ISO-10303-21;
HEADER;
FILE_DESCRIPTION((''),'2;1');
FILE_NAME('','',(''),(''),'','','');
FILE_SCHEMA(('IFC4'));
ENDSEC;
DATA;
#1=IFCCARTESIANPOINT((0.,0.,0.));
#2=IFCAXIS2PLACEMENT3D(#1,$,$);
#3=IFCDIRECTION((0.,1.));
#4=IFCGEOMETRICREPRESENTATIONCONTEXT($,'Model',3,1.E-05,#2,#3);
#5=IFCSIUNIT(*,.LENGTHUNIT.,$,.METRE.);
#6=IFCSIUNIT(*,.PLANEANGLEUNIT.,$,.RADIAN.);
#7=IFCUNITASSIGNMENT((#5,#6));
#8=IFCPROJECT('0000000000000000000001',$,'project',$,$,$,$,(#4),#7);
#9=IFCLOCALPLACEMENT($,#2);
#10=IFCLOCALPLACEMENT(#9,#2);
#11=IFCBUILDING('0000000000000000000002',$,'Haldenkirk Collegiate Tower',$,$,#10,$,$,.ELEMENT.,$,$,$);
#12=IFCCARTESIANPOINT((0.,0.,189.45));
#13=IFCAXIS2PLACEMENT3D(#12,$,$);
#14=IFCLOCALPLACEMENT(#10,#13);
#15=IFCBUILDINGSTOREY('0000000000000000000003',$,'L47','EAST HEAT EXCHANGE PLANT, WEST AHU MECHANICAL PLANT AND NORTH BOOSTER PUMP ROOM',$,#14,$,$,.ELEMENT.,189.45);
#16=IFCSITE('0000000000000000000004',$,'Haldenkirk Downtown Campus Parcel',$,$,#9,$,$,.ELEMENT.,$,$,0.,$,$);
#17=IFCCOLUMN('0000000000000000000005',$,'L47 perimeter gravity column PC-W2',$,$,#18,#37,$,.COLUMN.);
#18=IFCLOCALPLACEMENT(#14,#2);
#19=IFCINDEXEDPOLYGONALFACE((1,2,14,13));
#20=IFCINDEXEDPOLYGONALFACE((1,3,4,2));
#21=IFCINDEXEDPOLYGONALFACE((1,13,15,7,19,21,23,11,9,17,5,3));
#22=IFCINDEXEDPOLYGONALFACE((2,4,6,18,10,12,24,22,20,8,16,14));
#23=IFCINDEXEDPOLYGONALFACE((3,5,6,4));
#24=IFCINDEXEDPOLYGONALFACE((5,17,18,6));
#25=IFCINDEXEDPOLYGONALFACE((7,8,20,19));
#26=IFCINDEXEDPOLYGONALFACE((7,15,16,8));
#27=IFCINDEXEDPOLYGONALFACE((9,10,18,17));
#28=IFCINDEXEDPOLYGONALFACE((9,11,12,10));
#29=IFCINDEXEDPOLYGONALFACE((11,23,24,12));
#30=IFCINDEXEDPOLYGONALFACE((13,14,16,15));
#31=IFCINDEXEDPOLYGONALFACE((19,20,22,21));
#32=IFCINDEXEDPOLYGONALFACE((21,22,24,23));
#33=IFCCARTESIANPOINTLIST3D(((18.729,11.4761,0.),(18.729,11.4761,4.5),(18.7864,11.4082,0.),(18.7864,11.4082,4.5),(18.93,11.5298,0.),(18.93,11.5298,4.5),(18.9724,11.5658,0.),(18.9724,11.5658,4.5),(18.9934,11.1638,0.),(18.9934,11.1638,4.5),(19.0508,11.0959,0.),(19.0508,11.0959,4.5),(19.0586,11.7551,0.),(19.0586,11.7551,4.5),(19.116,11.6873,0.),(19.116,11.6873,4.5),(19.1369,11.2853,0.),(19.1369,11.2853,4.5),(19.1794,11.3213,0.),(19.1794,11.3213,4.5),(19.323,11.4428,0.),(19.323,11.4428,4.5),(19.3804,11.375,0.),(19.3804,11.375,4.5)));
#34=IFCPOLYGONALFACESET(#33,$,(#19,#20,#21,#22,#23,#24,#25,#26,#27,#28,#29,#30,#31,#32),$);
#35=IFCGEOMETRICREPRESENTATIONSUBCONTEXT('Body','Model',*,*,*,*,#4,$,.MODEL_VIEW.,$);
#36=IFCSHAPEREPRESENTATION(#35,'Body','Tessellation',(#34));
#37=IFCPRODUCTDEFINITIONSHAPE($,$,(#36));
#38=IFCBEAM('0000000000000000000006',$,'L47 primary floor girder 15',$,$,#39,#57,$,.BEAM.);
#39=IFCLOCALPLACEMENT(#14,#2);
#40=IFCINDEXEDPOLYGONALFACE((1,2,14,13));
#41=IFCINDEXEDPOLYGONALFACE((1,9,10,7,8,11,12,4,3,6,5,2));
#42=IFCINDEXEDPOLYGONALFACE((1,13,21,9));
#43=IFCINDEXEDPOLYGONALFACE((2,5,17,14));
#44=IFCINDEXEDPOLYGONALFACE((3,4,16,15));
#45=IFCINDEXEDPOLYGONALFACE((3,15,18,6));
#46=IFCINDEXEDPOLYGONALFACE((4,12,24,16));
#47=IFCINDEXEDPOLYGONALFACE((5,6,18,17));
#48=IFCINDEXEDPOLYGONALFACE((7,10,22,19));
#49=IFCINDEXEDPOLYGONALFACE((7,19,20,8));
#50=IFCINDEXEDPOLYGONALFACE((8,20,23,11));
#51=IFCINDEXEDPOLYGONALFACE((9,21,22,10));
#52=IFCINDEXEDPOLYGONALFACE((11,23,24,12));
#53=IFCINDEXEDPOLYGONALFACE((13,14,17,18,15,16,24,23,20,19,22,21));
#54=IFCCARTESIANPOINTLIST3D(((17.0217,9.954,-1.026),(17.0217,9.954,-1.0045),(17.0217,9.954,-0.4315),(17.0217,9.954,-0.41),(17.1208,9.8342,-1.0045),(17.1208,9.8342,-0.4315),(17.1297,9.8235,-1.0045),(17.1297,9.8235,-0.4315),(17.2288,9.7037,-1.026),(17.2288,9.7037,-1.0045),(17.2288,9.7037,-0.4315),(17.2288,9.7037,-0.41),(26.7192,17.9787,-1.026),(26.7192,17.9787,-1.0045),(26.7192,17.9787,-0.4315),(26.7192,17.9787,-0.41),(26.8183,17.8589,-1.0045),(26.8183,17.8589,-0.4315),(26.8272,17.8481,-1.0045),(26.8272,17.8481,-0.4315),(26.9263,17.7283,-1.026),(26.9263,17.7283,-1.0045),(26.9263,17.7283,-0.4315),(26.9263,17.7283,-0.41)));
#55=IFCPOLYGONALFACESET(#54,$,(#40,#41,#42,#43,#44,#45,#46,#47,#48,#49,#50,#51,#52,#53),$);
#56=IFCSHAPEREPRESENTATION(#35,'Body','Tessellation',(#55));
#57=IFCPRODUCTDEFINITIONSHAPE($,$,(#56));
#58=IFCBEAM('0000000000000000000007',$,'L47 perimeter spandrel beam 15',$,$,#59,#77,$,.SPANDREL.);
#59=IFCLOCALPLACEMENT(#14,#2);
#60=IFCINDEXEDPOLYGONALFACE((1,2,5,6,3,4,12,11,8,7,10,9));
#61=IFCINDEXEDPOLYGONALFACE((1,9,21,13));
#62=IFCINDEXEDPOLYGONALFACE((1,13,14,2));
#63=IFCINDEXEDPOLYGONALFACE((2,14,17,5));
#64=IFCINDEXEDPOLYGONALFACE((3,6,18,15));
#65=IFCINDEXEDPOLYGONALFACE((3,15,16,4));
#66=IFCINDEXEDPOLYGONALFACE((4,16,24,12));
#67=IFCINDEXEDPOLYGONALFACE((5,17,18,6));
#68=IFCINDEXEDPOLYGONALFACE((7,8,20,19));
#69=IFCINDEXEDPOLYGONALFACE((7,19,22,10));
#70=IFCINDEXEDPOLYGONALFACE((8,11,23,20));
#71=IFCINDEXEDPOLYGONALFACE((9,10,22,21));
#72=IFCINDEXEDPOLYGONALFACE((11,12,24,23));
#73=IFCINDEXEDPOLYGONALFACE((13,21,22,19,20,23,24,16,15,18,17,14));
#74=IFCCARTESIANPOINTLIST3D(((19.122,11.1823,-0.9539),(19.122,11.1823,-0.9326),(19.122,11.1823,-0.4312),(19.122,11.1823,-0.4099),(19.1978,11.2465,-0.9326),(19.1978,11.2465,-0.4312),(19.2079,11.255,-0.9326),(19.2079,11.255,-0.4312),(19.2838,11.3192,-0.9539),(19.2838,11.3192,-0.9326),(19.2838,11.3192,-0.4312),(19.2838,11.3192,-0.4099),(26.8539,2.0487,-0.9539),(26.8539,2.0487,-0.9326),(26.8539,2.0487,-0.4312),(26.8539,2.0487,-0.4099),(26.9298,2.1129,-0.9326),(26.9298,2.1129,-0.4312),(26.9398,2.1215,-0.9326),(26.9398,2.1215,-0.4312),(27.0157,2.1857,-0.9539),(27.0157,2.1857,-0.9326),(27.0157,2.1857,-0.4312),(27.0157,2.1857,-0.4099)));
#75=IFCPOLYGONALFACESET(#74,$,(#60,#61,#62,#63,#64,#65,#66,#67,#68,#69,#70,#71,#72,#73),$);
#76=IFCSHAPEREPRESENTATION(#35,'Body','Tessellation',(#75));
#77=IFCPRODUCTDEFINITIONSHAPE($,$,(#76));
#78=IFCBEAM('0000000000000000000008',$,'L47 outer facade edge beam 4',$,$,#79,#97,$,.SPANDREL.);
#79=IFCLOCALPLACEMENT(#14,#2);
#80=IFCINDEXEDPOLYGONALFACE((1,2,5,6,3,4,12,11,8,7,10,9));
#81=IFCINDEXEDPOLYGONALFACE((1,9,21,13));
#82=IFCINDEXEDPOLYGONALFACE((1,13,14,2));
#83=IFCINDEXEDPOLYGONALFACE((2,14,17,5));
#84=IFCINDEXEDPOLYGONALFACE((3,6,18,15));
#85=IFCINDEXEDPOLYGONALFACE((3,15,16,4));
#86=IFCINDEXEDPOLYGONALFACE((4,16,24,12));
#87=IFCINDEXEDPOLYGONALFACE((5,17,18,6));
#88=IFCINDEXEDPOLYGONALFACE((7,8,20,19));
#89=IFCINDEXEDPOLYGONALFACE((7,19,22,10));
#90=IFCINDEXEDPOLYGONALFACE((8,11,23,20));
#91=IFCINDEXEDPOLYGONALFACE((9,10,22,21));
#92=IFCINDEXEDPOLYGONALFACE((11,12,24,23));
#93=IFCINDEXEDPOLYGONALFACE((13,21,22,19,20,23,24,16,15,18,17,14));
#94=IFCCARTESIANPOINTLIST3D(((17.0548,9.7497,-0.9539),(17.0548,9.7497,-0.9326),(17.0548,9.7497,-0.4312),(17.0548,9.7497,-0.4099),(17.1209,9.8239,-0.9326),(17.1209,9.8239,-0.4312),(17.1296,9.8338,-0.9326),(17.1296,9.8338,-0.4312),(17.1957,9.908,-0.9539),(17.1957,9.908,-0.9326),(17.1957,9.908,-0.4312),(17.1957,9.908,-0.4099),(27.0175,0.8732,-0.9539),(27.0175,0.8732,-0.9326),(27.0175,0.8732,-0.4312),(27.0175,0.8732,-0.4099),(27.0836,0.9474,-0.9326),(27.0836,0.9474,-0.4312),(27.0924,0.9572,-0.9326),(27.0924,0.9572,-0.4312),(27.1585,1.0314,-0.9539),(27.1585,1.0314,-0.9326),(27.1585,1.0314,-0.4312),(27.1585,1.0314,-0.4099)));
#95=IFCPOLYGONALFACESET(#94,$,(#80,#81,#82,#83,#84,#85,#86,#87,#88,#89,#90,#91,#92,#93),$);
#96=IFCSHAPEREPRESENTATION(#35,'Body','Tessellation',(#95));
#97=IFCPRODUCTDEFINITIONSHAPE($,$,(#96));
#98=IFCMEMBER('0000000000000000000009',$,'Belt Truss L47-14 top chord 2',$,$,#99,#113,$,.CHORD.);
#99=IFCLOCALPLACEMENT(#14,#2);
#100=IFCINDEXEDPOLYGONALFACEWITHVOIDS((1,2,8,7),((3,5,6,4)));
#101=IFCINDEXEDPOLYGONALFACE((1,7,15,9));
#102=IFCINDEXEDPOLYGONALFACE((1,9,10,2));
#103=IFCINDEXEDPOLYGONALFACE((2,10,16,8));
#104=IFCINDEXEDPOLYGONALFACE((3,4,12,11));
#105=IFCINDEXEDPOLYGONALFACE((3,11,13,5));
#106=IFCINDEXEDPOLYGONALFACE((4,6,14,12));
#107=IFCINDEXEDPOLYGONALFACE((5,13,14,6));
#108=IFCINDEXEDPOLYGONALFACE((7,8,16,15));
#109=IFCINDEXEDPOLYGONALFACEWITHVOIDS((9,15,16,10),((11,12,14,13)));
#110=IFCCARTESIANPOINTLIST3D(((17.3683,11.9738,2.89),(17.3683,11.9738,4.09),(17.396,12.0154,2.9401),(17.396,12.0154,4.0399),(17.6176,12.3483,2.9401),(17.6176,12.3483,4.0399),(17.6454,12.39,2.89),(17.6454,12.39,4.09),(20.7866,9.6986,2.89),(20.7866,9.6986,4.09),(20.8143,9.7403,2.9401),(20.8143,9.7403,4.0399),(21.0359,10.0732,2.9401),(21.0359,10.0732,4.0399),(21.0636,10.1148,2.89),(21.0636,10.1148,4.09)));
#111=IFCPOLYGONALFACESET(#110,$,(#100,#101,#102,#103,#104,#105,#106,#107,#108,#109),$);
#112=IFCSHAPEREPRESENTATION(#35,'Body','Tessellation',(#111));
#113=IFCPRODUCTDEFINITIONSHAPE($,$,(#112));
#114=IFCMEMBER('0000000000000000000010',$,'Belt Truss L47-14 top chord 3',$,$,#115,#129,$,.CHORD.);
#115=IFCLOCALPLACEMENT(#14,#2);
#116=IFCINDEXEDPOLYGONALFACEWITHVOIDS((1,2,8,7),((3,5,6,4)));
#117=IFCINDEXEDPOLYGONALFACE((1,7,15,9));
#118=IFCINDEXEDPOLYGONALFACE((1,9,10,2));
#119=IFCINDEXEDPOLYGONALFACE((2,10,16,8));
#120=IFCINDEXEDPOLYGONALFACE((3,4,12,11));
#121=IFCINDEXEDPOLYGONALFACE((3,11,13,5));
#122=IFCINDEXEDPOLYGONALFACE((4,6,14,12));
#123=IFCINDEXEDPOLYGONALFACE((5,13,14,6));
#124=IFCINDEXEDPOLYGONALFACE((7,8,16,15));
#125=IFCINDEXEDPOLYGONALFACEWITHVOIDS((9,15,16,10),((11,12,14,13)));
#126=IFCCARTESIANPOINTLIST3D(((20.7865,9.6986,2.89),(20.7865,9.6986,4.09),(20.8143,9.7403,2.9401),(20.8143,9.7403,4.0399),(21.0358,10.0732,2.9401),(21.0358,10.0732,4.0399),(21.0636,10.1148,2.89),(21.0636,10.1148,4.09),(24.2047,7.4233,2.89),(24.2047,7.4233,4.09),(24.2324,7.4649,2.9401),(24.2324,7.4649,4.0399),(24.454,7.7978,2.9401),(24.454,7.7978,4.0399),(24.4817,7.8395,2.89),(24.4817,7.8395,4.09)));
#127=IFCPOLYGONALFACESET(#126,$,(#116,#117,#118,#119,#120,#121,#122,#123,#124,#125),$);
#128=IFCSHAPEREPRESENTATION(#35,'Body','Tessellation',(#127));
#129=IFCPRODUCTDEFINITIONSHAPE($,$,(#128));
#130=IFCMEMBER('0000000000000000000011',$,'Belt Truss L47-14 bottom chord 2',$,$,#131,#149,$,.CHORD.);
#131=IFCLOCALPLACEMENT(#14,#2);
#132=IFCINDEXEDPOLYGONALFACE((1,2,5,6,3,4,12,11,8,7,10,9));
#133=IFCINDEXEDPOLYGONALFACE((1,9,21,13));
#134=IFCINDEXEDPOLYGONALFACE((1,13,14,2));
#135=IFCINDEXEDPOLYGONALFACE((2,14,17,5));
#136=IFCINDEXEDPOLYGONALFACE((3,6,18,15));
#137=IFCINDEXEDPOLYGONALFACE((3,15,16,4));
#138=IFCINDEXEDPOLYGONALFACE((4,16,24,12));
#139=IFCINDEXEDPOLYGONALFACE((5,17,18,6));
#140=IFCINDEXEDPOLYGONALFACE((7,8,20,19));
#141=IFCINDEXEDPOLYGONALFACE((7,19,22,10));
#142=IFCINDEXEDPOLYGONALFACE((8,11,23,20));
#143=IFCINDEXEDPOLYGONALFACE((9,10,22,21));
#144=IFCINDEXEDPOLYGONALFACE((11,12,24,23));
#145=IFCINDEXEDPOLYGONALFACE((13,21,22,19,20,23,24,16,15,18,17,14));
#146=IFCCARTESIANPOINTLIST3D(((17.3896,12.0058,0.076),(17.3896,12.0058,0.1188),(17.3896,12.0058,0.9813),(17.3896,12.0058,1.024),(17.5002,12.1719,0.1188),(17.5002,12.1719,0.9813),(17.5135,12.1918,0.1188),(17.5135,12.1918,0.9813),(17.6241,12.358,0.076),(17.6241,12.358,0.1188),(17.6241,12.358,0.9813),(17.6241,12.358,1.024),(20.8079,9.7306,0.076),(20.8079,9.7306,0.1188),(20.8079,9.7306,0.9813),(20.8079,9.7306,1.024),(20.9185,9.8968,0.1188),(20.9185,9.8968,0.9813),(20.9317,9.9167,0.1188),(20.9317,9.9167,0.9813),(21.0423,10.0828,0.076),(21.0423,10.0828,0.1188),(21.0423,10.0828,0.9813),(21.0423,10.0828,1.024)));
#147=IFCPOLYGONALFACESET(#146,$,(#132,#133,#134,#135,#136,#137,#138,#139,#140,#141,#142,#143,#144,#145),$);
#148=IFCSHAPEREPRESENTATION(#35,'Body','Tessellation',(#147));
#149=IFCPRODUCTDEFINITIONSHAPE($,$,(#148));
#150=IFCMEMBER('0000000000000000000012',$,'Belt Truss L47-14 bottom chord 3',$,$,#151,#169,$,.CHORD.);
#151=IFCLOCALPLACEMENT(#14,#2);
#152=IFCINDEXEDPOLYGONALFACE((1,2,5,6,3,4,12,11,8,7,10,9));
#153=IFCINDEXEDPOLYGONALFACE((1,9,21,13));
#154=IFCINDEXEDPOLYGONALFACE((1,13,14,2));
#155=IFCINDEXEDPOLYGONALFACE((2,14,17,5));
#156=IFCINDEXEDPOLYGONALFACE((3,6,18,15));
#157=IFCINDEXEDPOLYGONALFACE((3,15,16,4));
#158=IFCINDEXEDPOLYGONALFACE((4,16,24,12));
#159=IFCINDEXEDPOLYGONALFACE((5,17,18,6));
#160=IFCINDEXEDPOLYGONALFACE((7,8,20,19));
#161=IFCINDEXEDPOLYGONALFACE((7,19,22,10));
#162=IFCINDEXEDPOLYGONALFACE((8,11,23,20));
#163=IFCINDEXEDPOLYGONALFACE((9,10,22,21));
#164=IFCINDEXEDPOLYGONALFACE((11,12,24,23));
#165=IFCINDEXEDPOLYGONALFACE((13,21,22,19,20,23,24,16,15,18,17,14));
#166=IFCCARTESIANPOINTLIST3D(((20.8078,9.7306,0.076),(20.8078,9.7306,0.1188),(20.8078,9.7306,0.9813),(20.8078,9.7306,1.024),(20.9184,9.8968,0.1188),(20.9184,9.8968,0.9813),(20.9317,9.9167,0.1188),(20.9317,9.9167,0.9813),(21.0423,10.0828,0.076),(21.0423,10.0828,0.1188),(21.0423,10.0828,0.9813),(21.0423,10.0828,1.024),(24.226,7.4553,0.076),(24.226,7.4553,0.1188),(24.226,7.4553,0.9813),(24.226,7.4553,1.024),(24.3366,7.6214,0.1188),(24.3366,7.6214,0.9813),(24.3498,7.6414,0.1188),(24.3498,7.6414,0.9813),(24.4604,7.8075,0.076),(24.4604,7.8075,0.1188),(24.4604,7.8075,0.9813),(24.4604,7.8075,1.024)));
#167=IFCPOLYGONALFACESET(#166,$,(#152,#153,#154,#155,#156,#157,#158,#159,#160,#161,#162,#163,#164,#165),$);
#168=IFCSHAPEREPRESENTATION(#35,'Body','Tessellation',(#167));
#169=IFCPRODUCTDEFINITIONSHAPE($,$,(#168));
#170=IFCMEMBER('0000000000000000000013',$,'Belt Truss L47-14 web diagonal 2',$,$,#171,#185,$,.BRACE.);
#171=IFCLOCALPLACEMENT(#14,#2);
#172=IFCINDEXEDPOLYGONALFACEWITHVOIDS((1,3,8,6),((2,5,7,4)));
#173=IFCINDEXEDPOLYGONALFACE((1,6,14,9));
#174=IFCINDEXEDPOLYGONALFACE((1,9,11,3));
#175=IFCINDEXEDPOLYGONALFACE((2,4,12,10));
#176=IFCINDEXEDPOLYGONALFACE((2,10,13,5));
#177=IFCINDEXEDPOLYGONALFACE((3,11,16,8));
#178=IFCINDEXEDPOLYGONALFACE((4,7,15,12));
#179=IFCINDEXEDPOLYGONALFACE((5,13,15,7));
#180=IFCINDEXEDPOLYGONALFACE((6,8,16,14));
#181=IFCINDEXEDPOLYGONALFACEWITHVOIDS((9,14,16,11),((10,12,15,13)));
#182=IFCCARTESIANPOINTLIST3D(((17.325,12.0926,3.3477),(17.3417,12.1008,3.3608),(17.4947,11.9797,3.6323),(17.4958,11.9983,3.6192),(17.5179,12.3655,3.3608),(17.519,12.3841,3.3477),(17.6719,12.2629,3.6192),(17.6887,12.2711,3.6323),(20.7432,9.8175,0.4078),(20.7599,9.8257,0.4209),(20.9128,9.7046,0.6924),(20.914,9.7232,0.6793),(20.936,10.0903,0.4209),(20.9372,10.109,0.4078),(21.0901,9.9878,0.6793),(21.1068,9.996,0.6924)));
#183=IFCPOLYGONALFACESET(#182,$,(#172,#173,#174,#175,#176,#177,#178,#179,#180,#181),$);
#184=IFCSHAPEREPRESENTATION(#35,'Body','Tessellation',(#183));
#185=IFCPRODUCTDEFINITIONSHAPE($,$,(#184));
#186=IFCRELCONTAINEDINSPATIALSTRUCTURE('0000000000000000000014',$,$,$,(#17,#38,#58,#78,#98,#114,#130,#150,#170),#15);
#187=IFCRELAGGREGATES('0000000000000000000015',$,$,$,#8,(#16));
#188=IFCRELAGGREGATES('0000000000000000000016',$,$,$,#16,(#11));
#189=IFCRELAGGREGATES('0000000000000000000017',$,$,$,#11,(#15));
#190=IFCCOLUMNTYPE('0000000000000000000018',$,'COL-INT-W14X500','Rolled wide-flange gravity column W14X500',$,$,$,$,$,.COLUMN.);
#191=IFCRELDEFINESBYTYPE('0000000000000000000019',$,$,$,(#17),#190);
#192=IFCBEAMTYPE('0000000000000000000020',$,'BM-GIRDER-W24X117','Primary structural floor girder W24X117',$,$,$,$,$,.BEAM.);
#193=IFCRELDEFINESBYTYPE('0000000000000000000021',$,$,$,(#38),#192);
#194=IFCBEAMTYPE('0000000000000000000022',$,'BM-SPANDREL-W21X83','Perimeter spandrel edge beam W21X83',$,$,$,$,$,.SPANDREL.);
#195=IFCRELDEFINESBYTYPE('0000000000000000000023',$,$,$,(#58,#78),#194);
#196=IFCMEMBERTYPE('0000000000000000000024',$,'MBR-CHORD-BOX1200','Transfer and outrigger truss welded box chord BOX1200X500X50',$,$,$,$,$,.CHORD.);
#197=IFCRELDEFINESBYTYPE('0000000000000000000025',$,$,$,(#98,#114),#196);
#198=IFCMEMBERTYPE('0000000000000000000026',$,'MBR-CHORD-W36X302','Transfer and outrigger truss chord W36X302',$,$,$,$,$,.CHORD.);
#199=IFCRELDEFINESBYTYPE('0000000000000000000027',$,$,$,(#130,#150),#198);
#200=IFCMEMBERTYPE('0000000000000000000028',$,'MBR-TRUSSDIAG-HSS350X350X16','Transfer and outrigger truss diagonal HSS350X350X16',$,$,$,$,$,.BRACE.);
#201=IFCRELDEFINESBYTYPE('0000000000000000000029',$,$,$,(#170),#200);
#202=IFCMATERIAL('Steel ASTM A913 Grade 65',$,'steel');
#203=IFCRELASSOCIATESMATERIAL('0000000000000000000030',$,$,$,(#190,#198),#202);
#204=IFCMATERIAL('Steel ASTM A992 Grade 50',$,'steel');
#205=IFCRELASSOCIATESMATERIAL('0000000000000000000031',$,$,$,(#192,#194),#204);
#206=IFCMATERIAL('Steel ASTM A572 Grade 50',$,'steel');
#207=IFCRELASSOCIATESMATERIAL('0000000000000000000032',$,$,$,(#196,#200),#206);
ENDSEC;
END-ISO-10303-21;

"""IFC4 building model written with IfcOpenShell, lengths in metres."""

from ifc_helpers import new_model, si_unit, direction, frame, origin, origin_2d, place, context, subcontext, project, spatial, hollow_rectangle, i_section, extrude, material, material_profile, profile_set, type_object, element, save


model = new_model("IFC4")

# Units and contexts
model_context = context("Model", 3, precision=1e-05, world=origin(), true_north=direction((0.0, 1.0)))
body_context = subcontext(model_context, "Body", "Model", "MODEL_VIEW")
ifc_project = project(units=[si_unit("LENGTHUNIT", "METRE"), si_unit("PLANEANGLEUNIT", "RADIAN")], contexts=[model_context])

# Site, building, storey
site_placement = place(None, origin())
site = spatial("IfcSite", under=ifc_project, at=site_placement, Name="Haldenkirk Downtown Campus Parcel", CompositionType="ELEMENT", RefElevation=0.0)
building_placement = place(site_placement, origin())
building = spatial("IfcBuilding", under=site, at=building_placement, Name="Haldenkirk Collegiate Tower", CompositionType="ELEMENT")
storey_placement = place(building_placement, frame((0.0, 0.0, 189.45)))
storey = spatial("IfcBuildingStorey", under=building, at=storey_placement, Name="L47", Description="EAST HEAT EXCHANGE PLANT, WEST AHU MECHANICAL PLANT AND NORTH BOOSTER PUMP ROOM", CompositionType="ELEMENT", Elevation=189.45)

# Column
ifc_material_1 = material(Name="Steel ASTM A913 Grade 65", Category="steel")
ifc_material_profile_1 = material_profile(ifc_material_1, i_section(OverallWidth=0.4319, OverallDepth=0.498, WebThickness=0.0557, FlangeThickness=0.0889, at=origin_2d()), Name="W14X500")
ifc_profile_set_1 = profile_set([ifc_material_profile_1], Name="Steel ASTM A913 Grade 65")
column_type = type_object("IfcColumnType", Name="COL-INT-W14X500", Description="Rolled wide-flange gravity column W14X500", PredefinedType="COLUMN", material=ifc_profile_set_1)
column_placement = place(storey_placement, frame((19.0547, 11.4255, 0.0), z_axis=(0.0, 0.0, 1.0), x_axis=(0.763232, 0.646124, 0.0)))
element("IfcColumn", 1, at=column_placement, inside=storey, type_object=column_type, Name="L47 perimeter gravity column PC-W2", PredefinedType="COLUMN", context=body_context, shape_type="SweptSolid", body=[
    extrude(i_section(OverallWidth=0.4319, OverallDepth=0.498, WebThickness=0.0557, FlangeThickness=0.0889, at=origin_2d()), origin(), (0.0, 0.0, 1.0), 4.5),
])

# Beams
ifc_material_2 = material(Name="Steel ASTM A992 Grade 50", Category="steel")
ifc_material_profile_2 = material_profile(ifc_material_2, i_section(OverallWidth=0.325, OverallDepth=0.616, WebThickness=0.0139, FlangeThickness=0.0215, at=origin_2d()), Name="W24X117")
ifc_profile_set_2 = profile_set([ifc_material_profile_2], Name="Steel ASTM A992 Grade 50")
beam_type_1 = type_object("IfcBeamType", Name="BM-GIRDER-W24X117", Description="Primary structural floor girder W24X117", PredefinedType="BEAM", material=ifc_profile_set_2)
beam_1_placement = place(storey_placement, frame((17.1252, 9.8289, -0.718), z_axis=(0.770428, 0.637527, 0.0), x_axis=(-0.637527, 0.770428, 0.0)))
element("IfcBeam", 2, at=beam_1_placement, inside=storey, type_object=beam_type_1, Name="L47 primary floor girder 15", PredefinedType="BEAM", context=body_context, shape_type="SweptSolid", body=[
    extrude(i_section(OverallWidth=0.325, OverallDepth=0.616, WebThickness=0.0139, FlangeThickness=0.0215, at=origin_2d()), origin(), (0.0, 0.0, 1.0), 12.5872),
])
ifc_material_profile_3 = material_profile(ifc_material_2, i_section(OverallWidth=0.2119, OverallDepth=0.5439, WebThickness=0.0132, FlangeThickness=0.0212, at=origin_2d()), Name="W21X83")
ifc_profile_set_3 = profile_set([ifc_material_profile_3], Name="Steel ASTM A992 Grade 50")
beam_type_2 = type_object("IfcBeamType", Name="BM-SPANDREL-W21X83", Description="Perimeter spandrel edge beam W21X83", PredefinedType="SPANDREL", material=ifc_profile_set_3)
beam_2_placement = place(storey_placement, frame((19.2029, 11.2507, -0.6819), z_axis=(0.646115, -0.76324, 0.0), x_axis=(0.76324, 0.646115, 0.0)))
element("IfcBeam", 3, at=beam_2_placement, inside=storey, type_object=beam_type_2, Name="L47 perimeter spandrel beam 15", PredefinedType="SPANDREL", context=body_context, shape_type="SweptSolid", body=[
    extrude(i_section(OverallWidth=0.2119, OverallDepth=0.5439, WebThickness=0.0132, FlangeThickness=0.0212, at=origin_2d()), origin(), (0.0, 0.0, 1.0), 11.9668),
])
beam_3_placement = place(storey_placement, frame((17.1252, 9.8289, -0.6819), z_axis=(0.746636, -0.665233, 0.0), x_axis=(0.665233, 0.746636, 0.0)))
element("IfcBeam", 4, at=beam_3_placement, inside=storey, type_object=beam_type_2, Name="L47 outer facade edge beam 4", PredefinedType="SPANDREL", context=body_context, shape_type="SweptSolid", body=[
    extrude(i_section(OverallWidth=0.2119, OverallDepth=0.5439, WebThickness=0.0132, FlangeThickness=0.0212, at=origin_2d()), origin(), (0.0, 0.0, 1.0), 13.3435),
])

# Members
ifc_material_3 = material(Name="Steel ASTM A572 Grade 50", Category="steel")
ifc_material_profile_4 = material_profile(ifc_material_3, hollow_rectangle(XDim=0.5, YDim=1.2, WallThickness=0.05, at=origin_2d()), Name="BOX1200X500X50")
ifc_profile_set_4 = profile_set([ifc_material_profile_4], Name="Steel ASTM A572 Grade 50")
member_type_1 = type_object("IfcMemberType", Name="MBR-CHORD-BOX1200", Description="Transfer and outrigger truss welded box chord BOX1200X500X50", PredefinedType="CHORD", material=ifc_profile_set_4)
for number, where, z_axis, x_axis, name in (
    (5, (17.5068, 12.1819, 3.49), (0.832462, -0.554083, 0.0), (0.554083, 0.832462, 0.0), "Belt Truss L47-14 top chord 2"),
    (6, (20.925, 9.9067, 3.49), (0.832434, -0.554124, 0.0), (0.554124, 0.832434, 0.0), "Belt Truss L47-14 top chord 3"),
):
    element("IfcMember", number, at=place(storey_placement, frame(where, z_axis=z_axis, x_axis=x_axis)), inside=storey, type_object=member_type_1, Name=name, PredefinedType="CHORD", context=body_context, shape_type="SweptSolid", body=[
        extrude(hollow_rectangle(XDim=0.5, YDim=1.2, WallThickness=0.05, at=origin_2d()), origin(), (0.0, 0.0, 1.0), 4.1062),
    ])
ifc_material_profile_5 = material_profile(ifc_material_1, i_section(OverallWidth=0.4231, OverallDepth=0.948, WebThickness=0.0239, FlangeThickness=0.0427, at=origin_2d()), Name="W36X302")
ifc_profile_set_5 = profile_set([ifc_material_profile_5], Name="Steel ASTM A913 Grade 65")
member_type_2 = type_object("IfcMemberType", Name="MBR-CHORD-W36X302", Description="Transfer and outrigger truss chord W36X302", PredefinedType="CHORD", material=ifc_profile_set_5)
for number, where, z_axis, x_axis, name in (
    (7, (17.5068, 12.1819, 0.55), (0.832462, -0.554083, 0.0), (0.554083, 0.832462, 0.0), "Belt Truss L47-14 bottom chord 2"),
    (8, (20.925, 9.9067, 0.55), (0.832434, -0.554124, 0.0), (0.554124, 0.832434, 0.0), "Belt Truss L47-14 bottom chord 3"),
):
    element("IfcMember", number, at=place(storey_placement, frame(where, z_axis=z_axis, x_axis=x_axis)), inside=storey, type_object=member_type_2, Name=name, PredefinedType="CHORD", context=body_context, shape_type="SweptSolid", body=[
        extrude(i_section(OverallWidth=0.4231, OverallDepth=0.948, WebThickness=0.0239, FlangeThickness=0.0427, at=origin_2d()), origin(), (0.0, 0.0, 1.0), 4.1062),
    ])
ifc_material_profile_6 = material_profile(ifc_material_3, hollow_rectangle(XDim=0.3501, YDim=0.3501, WallThickness=0.0161, at=origin_2d()), Name="HSS350X350X16")
ifc_profile_set_6 = profile_set([ifc_material_profile_6], Name="Steel ASTM A572 Grade 50")
member_type_3 = type_object("IfcMemberType", Name="MBR-TRUSSDIAG-HSS350X350X16", Description="Transfer and outrigger truss diagonal HSS350X350X16", PredefinedType="BRACE", material=ifc_profile_set_6)
member_1_placement = place(storey_placement, frame((17.5068, 12.1819, 3.49), z_axis=(0.676858, -0.450513, -0.582153), x_axis=(0.554083, 0.832462, 0.0)))
element("IfcMember", 9, at=member_1_placement, inside=storey, type_object=member_type_3, Name="Belt Truss L47-14 web diagonal 2", PredefinedType="BRACE", context=body_context, shape_type="SweptSolid", body=[
    extrude(hollow_rectangle(XDim=0.3501, YDim=0.3501, WallThickness=0.0161, at=origin_2d()), origin(), (0.0, 0.0, 1.0), 5.05),
])

save(model, "model.ifc")
